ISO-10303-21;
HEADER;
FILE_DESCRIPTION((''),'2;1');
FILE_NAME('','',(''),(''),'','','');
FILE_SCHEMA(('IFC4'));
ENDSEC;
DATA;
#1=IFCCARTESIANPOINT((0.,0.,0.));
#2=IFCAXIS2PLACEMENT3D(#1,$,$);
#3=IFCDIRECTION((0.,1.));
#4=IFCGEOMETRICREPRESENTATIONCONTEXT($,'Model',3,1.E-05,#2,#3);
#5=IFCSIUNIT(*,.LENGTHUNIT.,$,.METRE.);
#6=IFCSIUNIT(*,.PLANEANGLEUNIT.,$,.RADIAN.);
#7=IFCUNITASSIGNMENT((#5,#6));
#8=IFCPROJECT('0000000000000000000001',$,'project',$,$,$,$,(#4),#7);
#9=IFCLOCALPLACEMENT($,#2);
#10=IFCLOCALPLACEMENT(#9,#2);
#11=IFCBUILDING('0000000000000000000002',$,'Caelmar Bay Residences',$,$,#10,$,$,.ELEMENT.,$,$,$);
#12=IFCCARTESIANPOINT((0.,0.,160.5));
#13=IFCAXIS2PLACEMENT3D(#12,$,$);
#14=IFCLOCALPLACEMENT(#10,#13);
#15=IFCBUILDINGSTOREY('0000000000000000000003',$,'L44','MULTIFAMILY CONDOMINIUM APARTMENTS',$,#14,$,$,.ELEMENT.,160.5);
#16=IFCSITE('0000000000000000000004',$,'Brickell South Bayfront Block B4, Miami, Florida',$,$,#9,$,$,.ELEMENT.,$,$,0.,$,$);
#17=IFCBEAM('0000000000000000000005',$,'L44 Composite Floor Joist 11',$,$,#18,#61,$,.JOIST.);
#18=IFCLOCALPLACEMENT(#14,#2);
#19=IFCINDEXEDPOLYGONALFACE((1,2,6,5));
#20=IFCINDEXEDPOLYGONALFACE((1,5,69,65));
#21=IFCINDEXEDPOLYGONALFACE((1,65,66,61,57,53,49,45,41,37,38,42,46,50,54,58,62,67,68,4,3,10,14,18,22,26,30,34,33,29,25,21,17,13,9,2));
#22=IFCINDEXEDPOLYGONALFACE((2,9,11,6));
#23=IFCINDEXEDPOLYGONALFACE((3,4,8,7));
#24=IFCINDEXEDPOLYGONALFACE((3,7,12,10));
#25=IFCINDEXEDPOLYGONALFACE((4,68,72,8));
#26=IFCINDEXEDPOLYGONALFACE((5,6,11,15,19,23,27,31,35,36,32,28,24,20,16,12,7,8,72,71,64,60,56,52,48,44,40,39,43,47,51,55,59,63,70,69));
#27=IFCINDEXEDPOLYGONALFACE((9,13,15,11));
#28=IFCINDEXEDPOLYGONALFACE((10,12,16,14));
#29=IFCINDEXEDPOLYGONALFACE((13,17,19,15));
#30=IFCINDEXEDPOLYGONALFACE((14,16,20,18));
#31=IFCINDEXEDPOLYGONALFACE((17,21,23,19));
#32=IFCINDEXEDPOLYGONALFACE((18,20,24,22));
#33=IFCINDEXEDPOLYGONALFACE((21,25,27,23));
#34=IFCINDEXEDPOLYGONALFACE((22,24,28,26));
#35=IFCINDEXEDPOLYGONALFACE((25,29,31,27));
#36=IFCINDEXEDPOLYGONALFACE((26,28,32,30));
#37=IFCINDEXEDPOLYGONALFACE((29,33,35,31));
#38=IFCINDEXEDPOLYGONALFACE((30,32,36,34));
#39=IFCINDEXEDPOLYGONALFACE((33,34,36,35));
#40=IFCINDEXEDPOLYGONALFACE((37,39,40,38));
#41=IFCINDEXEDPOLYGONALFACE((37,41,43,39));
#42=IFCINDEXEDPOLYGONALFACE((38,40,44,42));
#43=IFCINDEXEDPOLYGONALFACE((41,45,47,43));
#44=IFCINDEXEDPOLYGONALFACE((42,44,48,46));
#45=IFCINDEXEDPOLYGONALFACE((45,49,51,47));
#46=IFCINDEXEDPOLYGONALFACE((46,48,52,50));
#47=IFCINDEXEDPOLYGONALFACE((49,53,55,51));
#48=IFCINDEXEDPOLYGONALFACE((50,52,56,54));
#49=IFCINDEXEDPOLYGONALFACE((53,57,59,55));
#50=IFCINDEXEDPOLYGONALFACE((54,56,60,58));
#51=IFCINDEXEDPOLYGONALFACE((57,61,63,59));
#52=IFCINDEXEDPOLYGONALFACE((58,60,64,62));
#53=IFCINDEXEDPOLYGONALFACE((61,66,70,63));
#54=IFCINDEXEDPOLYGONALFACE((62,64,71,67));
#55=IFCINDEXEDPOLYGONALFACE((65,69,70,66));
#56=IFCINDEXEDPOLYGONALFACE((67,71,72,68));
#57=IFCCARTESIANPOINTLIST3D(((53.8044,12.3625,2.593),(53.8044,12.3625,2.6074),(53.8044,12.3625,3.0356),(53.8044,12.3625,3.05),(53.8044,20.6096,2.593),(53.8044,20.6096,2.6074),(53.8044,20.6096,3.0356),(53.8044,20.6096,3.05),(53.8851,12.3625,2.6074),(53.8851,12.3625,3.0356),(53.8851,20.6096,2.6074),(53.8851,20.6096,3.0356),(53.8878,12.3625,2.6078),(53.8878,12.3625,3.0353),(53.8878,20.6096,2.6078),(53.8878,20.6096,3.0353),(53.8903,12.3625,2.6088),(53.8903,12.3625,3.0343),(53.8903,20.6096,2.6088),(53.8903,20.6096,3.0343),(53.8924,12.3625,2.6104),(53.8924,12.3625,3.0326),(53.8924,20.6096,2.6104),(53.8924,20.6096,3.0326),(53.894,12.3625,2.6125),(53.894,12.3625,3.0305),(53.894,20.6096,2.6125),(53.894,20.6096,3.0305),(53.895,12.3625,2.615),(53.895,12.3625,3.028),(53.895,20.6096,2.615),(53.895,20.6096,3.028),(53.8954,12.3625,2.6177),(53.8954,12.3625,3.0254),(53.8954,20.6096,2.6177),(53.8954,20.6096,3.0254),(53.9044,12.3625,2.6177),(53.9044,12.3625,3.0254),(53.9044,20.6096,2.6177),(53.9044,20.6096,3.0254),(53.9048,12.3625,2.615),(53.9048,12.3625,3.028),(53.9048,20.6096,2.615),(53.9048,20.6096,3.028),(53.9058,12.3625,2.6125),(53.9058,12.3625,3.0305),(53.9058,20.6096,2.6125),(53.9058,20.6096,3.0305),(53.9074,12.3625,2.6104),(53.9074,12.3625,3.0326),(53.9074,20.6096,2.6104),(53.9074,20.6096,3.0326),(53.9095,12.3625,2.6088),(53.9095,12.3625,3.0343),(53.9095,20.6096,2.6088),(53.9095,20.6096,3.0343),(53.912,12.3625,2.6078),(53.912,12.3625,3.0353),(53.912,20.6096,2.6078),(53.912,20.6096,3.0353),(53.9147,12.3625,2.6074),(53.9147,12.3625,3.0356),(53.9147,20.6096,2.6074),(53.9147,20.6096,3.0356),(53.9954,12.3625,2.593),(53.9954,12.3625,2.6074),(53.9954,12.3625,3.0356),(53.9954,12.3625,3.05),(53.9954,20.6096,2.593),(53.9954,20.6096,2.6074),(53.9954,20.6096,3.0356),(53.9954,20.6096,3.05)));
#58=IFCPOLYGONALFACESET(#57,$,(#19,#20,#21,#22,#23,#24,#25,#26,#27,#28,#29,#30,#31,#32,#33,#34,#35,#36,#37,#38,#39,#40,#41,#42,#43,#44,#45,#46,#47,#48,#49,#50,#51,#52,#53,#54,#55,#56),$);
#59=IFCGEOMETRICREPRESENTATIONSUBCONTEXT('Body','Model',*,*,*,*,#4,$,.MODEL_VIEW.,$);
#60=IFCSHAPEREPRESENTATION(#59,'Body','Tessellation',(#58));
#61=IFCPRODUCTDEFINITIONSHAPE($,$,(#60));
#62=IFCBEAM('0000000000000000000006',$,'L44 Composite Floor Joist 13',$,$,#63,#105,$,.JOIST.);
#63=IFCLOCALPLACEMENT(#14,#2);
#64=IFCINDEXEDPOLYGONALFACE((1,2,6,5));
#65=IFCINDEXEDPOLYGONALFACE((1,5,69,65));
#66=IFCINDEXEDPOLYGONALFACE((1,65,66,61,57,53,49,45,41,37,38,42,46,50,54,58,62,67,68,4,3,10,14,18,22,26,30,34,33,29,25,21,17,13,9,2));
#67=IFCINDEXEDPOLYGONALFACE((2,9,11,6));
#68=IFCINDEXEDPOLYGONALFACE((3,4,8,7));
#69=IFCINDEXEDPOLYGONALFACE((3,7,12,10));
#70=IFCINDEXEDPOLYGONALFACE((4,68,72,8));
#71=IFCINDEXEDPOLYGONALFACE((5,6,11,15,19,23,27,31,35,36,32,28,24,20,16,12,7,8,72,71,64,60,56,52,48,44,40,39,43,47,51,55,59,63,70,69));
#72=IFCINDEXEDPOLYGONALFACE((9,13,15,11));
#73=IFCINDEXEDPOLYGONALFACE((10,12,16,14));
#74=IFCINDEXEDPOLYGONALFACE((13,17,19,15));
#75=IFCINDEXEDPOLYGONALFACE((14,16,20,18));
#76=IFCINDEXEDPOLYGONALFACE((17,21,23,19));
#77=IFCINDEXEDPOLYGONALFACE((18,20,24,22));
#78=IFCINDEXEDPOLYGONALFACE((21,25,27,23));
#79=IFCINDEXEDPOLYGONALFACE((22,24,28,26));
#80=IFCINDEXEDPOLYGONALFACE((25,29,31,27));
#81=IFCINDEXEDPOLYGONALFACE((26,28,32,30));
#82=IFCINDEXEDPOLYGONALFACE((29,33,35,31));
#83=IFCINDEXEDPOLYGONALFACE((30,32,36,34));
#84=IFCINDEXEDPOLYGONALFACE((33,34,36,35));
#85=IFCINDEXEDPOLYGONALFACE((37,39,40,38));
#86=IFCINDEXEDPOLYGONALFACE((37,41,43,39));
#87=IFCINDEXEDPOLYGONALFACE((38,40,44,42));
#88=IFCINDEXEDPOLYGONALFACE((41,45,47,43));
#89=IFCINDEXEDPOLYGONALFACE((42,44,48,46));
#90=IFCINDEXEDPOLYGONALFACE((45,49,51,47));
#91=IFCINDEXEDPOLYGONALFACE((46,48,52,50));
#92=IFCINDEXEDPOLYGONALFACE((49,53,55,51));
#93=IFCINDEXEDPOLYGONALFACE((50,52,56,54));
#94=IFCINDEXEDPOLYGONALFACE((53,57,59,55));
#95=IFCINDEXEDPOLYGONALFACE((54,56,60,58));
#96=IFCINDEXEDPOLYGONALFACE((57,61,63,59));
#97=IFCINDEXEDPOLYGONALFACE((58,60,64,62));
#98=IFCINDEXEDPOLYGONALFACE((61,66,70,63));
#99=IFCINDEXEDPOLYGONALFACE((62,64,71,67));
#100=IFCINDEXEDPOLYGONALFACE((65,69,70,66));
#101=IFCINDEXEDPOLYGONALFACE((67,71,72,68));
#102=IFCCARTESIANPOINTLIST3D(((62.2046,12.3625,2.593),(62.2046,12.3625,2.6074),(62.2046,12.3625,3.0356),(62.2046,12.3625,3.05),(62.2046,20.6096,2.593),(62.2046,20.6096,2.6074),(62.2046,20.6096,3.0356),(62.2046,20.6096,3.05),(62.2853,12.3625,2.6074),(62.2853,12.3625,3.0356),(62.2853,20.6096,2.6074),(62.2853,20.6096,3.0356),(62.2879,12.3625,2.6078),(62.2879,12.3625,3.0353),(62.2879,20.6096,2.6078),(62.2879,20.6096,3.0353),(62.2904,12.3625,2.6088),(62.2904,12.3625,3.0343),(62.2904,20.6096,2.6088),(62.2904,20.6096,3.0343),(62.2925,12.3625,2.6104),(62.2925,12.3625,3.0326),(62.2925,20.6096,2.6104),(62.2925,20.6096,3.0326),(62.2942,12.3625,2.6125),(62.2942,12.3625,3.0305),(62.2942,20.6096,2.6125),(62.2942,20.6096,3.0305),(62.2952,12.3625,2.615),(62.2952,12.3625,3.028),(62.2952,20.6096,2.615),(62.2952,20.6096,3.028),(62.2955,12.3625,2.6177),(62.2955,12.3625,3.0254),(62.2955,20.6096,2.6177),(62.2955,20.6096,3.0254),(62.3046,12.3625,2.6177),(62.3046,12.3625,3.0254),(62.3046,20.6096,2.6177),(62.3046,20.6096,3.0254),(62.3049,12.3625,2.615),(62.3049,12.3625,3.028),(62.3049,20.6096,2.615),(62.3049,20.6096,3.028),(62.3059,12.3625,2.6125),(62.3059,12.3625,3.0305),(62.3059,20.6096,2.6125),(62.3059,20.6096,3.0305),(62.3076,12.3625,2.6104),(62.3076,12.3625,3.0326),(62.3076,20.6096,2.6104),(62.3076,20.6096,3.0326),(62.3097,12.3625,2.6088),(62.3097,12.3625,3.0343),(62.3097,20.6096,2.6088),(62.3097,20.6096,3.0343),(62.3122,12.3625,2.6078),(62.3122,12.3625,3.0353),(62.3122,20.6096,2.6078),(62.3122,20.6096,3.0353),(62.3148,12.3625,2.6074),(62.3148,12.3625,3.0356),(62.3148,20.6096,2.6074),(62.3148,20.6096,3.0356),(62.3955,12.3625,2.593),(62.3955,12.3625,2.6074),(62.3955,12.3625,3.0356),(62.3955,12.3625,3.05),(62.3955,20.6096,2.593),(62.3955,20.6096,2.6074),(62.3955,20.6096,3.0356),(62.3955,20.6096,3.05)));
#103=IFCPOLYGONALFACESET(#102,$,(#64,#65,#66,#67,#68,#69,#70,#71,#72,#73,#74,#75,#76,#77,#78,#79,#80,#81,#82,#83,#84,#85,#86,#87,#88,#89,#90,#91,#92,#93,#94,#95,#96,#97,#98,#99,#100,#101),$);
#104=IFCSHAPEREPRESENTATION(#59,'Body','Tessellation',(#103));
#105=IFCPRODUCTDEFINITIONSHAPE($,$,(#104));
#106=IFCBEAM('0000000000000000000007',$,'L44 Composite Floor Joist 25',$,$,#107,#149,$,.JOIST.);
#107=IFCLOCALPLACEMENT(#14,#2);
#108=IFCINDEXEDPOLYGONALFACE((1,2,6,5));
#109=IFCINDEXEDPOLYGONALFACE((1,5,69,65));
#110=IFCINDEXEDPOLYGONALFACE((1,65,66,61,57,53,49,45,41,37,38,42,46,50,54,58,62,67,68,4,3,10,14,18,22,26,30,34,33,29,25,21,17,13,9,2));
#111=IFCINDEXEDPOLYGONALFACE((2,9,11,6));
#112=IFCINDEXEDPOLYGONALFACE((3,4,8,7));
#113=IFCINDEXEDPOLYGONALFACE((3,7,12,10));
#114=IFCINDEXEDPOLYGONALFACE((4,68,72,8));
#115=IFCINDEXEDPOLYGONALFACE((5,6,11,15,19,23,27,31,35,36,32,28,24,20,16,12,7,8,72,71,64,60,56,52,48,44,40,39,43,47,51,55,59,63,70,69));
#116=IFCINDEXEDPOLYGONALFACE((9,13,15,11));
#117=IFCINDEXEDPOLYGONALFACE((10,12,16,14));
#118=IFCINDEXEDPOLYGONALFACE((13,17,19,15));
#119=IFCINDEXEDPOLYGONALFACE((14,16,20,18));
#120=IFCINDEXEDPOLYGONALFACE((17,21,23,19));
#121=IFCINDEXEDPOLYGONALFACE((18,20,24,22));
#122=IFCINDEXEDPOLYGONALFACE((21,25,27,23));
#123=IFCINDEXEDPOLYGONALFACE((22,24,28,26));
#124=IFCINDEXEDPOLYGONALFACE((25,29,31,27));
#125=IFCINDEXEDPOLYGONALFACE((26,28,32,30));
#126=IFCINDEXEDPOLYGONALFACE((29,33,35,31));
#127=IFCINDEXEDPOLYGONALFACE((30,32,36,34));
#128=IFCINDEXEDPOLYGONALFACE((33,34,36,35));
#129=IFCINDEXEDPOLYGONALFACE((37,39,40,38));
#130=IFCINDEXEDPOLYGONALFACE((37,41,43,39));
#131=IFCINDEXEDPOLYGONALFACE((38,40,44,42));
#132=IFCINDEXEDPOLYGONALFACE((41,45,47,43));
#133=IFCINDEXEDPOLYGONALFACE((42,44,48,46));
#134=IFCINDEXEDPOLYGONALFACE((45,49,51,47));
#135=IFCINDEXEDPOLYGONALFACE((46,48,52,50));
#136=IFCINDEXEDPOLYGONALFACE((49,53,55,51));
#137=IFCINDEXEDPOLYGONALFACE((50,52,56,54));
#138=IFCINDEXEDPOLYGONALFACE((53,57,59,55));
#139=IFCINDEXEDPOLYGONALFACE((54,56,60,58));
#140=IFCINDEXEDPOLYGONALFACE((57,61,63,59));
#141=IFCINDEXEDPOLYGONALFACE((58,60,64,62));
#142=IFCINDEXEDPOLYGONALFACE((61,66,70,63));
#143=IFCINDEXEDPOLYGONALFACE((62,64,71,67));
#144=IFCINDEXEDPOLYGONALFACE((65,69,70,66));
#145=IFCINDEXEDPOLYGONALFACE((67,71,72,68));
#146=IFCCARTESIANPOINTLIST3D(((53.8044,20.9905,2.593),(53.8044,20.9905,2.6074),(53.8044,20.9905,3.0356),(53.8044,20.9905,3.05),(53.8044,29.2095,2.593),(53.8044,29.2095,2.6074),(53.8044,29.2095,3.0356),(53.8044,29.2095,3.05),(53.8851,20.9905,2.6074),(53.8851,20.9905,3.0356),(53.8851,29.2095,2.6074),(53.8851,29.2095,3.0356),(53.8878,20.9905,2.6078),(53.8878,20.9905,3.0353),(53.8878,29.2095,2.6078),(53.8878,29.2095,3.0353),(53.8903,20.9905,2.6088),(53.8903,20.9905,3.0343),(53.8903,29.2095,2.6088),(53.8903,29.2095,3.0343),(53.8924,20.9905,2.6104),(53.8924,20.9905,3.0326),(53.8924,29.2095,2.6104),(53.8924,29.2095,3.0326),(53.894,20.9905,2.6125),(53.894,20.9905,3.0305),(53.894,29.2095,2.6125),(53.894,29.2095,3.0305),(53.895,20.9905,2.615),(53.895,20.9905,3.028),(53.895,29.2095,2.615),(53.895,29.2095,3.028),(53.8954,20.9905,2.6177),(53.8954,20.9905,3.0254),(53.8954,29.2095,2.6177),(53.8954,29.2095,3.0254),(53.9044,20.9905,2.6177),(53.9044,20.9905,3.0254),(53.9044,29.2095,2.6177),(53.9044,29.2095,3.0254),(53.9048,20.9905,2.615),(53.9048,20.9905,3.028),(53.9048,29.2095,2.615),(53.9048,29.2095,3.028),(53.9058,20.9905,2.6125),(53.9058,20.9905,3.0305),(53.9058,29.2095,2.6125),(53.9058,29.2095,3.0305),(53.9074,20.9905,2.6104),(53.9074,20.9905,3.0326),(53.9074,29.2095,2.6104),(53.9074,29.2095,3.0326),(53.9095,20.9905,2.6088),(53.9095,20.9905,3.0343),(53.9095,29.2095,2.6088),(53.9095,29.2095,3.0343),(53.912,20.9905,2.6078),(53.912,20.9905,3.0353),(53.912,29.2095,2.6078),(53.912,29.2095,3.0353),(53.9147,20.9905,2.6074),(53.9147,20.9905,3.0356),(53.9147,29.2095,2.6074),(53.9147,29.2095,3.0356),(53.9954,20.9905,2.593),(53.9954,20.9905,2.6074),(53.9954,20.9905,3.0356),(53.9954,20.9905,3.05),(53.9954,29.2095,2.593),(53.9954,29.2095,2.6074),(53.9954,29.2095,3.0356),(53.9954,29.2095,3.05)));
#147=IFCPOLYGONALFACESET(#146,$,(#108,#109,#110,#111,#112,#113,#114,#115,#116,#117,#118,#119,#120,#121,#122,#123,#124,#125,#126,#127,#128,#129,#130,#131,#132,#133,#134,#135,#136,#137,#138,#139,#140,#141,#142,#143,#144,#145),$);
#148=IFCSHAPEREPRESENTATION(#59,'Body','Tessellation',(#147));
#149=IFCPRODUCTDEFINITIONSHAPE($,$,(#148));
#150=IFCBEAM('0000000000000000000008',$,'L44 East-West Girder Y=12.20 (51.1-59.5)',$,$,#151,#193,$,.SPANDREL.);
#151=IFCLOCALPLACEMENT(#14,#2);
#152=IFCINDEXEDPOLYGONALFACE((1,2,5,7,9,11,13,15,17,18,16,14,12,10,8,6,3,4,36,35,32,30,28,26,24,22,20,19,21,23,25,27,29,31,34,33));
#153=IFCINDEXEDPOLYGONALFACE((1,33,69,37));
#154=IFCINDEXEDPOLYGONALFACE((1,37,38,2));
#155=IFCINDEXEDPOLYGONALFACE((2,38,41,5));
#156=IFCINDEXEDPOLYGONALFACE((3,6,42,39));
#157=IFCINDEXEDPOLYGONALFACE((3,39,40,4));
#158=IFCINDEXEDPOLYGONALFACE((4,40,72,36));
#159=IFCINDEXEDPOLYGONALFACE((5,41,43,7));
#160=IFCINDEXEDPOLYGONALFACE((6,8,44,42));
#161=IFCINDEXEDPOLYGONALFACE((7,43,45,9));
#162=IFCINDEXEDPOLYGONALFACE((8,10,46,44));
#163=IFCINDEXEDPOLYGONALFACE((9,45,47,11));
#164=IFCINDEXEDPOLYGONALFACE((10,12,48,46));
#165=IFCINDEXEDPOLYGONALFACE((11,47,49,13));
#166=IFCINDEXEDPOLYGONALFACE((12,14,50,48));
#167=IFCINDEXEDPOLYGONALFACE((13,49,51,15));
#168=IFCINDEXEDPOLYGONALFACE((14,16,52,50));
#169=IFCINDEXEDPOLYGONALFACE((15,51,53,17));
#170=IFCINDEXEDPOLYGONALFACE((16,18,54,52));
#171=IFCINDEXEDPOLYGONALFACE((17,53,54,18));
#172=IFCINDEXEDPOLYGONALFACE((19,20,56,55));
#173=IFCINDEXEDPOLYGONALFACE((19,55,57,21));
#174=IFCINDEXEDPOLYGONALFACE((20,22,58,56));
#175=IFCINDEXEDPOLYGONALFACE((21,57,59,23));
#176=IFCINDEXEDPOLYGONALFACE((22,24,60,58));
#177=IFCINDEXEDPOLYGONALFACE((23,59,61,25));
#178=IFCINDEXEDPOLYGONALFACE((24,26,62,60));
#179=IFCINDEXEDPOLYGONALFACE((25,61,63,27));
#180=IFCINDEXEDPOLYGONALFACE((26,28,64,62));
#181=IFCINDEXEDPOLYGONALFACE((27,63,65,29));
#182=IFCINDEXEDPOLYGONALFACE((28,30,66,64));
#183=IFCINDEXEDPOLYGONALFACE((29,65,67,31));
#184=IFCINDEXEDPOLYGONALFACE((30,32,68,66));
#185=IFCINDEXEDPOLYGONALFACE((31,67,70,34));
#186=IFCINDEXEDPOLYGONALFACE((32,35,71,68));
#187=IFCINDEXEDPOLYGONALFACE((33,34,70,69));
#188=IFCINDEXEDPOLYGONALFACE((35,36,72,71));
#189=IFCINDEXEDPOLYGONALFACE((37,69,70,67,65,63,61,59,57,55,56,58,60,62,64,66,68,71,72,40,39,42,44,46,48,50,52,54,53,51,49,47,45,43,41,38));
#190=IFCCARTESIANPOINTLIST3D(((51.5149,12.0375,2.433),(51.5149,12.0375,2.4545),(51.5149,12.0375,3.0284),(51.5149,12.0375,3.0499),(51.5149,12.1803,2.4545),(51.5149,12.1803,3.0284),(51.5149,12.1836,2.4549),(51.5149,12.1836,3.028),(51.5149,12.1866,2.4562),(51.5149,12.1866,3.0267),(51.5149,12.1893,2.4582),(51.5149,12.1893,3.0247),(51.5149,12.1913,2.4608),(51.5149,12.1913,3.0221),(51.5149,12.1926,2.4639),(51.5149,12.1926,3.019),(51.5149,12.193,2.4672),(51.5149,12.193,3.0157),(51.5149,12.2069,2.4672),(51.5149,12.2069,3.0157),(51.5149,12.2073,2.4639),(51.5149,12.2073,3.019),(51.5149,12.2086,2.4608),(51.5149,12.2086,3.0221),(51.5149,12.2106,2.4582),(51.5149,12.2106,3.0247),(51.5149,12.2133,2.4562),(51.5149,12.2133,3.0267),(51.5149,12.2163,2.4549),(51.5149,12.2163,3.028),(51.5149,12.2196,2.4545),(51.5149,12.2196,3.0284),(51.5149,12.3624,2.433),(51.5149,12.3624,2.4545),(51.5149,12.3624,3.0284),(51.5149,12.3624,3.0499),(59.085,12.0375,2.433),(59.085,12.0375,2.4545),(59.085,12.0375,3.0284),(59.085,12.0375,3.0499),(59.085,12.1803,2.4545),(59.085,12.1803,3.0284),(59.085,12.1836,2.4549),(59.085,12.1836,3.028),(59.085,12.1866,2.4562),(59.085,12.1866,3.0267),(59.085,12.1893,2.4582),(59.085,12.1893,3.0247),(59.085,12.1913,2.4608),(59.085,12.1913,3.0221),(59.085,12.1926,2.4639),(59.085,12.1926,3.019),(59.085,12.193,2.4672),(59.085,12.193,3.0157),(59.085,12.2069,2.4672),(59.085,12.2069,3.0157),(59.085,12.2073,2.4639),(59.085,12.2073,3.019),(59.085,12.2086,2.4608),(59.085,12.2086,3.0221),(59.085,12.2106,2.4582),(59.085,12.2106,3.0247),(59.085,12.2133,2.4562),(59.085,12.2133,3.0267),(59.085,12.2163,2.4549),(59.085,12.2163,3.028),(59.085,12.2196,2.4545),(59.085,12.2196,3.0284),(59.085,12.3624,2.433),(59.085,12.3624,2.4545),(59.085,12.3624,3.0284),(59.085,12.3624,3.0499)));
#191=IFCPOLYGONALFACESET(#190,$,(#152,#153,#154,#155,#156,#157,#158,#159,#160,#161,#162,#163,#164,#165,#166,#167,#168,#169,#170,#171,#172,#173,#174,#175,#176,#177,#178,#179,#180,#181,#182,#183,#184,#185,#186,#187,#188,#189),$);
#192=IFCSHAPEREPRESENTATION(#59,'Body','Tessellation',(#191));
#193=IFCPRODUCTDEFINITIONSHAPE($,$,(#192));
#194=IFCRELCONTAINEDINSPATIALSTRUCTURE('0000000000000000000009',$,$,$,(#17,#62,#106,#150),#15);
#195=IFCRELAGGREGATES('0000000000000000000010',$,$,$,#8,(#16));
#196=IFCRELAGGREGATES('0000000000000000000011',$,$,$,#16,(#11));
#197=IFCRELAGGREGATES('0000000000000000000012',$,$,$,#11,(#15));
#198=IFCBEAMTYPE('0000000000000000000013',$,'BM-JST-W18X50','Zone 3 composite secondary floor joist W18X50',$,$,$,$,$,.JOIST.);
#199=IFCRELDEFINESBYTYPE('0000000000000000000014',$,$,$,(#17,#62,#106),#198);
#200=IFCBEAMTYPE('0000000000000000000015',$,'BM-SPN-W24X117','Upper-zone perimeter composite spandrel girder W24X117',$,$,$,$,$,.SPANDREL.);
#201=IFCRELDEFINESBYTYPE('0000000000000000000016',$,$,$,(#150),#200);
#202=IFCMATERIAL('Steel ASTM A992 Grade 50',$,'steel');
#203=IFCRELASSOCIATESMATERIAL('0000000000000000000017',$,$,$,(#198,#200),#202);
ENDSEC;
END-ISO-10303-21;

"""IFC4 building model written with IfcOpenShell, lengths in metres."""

from ifc_helpers import new_model, si_unit, direction, frame, origin, origin_2d, place, context, subcontext, project, spatial, i_section, extrude, material, material_profile, profile_set, type_object, element, save


model = new_model("IFC4")

# Units and contexts
model_context = context("Model", 3, precision=1e-05, world=origin(), true_north=direction((0.0, 1.0)))
body_context = subcontext(model_context, "Body", "Model", "MODEL_VIEW")
ifc_project = project(units=[si_unit("LENGTHUNIT", "METRE"), si_unit("PLANEANGLEUNIT", "RADIAN")], contexts=[model_context])

# Site, building, storey
site_placement = place(None, origin())
site = spatial("IfcSite", under=ifc_project, at=site_placement, Name="Brickell South Bayfront Block B4, Miami, Florida", CompositionType="ELEMENT", RefElevation=0.0)
building_placement = place(site_placement, origin())
building = spatial("IfcBuilding", under=site, at=building_placement, Name="Caelmar Bay Residences", CompositionType="ELEMENT")
storey_placement = place(building_placement, frame((0.0, 0.0, 160.5)))
storey = spatial("IfcBuildingStorey", under=building, at=storey_placement, Name="L44", Description="MULTIFAMILY CONDOMINIUM APARTMENTS", CompositionType="ELEMENT", Elevation=160.5)

# Beams
ifc_material_1 = material(Name="Steel ASTM A992 Grade 50", Category="steel")
ifc_material_profile_1 = material_profile(ifc_material_1, i_section(OverallWidth=0.1909, OverallDepth=0.457, WebThickness=0.009, FlangeThickness=0.0144, FilletRadius=0.0103, at=origin_2d()), Name="W18X50")
ifc_profile_set_1 = profile_set([ifc_material_profile_1], Name="Steel ASTM A992 Grade 50")
beam_type_1 = type_object("IfcBeamType", Name="BM-JST-W18X50", Description="Zone 3 composite secondary floor joist W18X50", PredefinedType="JOIST", material=ifc_profile_set_1)
for number, where, z_axis, x_axis, name in (
    (1, (53.8999, 12.3625, 2.8215), (0.0, 1.0, 0.0), (-1.0, 0.0, 0.0), "L44 Composite Floor Joist 11"),
    (2, (62.3, 12.3625, 2.8215), (0.0, 1.0, 0.0), (-1.0, 0.0, 0.0), "L44 Composite Floor Joist 13"),
):
    element("IfcBeam", number, at=place(storey_placement, frame(where, z_axis=z_axis, x_axis=x_axis)), inside=storey, type_object=beam_type_1, Name=name, PredefinedType="JOIST", context=body_context, shape_type="SweptSolid", body=[
        extrude(i_section(OverallWidth=0.1909, OverallDepth=0.457, WebThickness=0.009, FlangeThickness=0.0144, FilletRadius=0.0103, at=origin_2d()), origin(), (0.0, 0.0, 1.0), 8.2471),
    ])
beam_1_placement = place(storey_placement, frame((53.8999, 20.9905, 2.8215), z_axis=(0.0, 1.0, 0.0), x_axis=(-1.0, 0.0, 0.0)))
element("IfcBeam", 3, at=beam_1_placement, inside=storey, type_object=beam_type_1, Name="L44 Composite Floor Joist 25", PredefinedType="JOIST", context=body_context, shape_type="SweptSolid", body=[
    extrude(i_section(OverallWidth=0.1909, OverallDepth=0.457, WebThickness=0.009, FlangeThickness=0.0144, FilletRadius=0.0103, at=origin_2d()), origin(), (0.0, 0.0, 1.0), 8.219),
])
ifc_material_profile_2 = material_profile(ifc_material_1, i_section(OverallWidth=0.325, OverallDepth=0.6169, WebThickness=0.0139, FlangeThickness=0.0215, FilletRadius=0.0127, at=origin_2d()), Name="W24X117")
ifc_profile_set_2 = profile_set([ifc_material_profile_2], Name="Steel ASTM A992 Grade 50")
beam_type_2 = type_object("IfcBeamType", Name="BM-SPN-W24X117", Description="Upper-zone perimeter composite spandrel girder W24X117", PredefinedType="SPANDREL", material=ifc_profile_set_2)
for number, where, z_axis, x_axis, name in (
    (4, (51.5149, 12.2, 2.7415), (1.0, 0.0, 0.0), (0.0, 1.0, 0.0), "L44 East-West Girder Y=12.20 (51.1-59.5)"),
):
    element("IfcBeam", number, at=place(storey_placement, frame(where, z_axis=z_axis, x_axis=x_axis)), inside=storey, type_object=beam_type_2, Name=name, PredefinedType="SPANDREL", context=body_context, shape_type="SweptSolid", body=[
        extrude(i_section(OverallWidth=0.325, OverallDepth=0.6169, WebThickness=0.0139, FlangeThickness=0.0215, FilletRadius=0.0127, at=origin_2d()), origin(), (0.0, 0.0, 1.0), 7.5701),
    ])

save(model, "model.ifc")
